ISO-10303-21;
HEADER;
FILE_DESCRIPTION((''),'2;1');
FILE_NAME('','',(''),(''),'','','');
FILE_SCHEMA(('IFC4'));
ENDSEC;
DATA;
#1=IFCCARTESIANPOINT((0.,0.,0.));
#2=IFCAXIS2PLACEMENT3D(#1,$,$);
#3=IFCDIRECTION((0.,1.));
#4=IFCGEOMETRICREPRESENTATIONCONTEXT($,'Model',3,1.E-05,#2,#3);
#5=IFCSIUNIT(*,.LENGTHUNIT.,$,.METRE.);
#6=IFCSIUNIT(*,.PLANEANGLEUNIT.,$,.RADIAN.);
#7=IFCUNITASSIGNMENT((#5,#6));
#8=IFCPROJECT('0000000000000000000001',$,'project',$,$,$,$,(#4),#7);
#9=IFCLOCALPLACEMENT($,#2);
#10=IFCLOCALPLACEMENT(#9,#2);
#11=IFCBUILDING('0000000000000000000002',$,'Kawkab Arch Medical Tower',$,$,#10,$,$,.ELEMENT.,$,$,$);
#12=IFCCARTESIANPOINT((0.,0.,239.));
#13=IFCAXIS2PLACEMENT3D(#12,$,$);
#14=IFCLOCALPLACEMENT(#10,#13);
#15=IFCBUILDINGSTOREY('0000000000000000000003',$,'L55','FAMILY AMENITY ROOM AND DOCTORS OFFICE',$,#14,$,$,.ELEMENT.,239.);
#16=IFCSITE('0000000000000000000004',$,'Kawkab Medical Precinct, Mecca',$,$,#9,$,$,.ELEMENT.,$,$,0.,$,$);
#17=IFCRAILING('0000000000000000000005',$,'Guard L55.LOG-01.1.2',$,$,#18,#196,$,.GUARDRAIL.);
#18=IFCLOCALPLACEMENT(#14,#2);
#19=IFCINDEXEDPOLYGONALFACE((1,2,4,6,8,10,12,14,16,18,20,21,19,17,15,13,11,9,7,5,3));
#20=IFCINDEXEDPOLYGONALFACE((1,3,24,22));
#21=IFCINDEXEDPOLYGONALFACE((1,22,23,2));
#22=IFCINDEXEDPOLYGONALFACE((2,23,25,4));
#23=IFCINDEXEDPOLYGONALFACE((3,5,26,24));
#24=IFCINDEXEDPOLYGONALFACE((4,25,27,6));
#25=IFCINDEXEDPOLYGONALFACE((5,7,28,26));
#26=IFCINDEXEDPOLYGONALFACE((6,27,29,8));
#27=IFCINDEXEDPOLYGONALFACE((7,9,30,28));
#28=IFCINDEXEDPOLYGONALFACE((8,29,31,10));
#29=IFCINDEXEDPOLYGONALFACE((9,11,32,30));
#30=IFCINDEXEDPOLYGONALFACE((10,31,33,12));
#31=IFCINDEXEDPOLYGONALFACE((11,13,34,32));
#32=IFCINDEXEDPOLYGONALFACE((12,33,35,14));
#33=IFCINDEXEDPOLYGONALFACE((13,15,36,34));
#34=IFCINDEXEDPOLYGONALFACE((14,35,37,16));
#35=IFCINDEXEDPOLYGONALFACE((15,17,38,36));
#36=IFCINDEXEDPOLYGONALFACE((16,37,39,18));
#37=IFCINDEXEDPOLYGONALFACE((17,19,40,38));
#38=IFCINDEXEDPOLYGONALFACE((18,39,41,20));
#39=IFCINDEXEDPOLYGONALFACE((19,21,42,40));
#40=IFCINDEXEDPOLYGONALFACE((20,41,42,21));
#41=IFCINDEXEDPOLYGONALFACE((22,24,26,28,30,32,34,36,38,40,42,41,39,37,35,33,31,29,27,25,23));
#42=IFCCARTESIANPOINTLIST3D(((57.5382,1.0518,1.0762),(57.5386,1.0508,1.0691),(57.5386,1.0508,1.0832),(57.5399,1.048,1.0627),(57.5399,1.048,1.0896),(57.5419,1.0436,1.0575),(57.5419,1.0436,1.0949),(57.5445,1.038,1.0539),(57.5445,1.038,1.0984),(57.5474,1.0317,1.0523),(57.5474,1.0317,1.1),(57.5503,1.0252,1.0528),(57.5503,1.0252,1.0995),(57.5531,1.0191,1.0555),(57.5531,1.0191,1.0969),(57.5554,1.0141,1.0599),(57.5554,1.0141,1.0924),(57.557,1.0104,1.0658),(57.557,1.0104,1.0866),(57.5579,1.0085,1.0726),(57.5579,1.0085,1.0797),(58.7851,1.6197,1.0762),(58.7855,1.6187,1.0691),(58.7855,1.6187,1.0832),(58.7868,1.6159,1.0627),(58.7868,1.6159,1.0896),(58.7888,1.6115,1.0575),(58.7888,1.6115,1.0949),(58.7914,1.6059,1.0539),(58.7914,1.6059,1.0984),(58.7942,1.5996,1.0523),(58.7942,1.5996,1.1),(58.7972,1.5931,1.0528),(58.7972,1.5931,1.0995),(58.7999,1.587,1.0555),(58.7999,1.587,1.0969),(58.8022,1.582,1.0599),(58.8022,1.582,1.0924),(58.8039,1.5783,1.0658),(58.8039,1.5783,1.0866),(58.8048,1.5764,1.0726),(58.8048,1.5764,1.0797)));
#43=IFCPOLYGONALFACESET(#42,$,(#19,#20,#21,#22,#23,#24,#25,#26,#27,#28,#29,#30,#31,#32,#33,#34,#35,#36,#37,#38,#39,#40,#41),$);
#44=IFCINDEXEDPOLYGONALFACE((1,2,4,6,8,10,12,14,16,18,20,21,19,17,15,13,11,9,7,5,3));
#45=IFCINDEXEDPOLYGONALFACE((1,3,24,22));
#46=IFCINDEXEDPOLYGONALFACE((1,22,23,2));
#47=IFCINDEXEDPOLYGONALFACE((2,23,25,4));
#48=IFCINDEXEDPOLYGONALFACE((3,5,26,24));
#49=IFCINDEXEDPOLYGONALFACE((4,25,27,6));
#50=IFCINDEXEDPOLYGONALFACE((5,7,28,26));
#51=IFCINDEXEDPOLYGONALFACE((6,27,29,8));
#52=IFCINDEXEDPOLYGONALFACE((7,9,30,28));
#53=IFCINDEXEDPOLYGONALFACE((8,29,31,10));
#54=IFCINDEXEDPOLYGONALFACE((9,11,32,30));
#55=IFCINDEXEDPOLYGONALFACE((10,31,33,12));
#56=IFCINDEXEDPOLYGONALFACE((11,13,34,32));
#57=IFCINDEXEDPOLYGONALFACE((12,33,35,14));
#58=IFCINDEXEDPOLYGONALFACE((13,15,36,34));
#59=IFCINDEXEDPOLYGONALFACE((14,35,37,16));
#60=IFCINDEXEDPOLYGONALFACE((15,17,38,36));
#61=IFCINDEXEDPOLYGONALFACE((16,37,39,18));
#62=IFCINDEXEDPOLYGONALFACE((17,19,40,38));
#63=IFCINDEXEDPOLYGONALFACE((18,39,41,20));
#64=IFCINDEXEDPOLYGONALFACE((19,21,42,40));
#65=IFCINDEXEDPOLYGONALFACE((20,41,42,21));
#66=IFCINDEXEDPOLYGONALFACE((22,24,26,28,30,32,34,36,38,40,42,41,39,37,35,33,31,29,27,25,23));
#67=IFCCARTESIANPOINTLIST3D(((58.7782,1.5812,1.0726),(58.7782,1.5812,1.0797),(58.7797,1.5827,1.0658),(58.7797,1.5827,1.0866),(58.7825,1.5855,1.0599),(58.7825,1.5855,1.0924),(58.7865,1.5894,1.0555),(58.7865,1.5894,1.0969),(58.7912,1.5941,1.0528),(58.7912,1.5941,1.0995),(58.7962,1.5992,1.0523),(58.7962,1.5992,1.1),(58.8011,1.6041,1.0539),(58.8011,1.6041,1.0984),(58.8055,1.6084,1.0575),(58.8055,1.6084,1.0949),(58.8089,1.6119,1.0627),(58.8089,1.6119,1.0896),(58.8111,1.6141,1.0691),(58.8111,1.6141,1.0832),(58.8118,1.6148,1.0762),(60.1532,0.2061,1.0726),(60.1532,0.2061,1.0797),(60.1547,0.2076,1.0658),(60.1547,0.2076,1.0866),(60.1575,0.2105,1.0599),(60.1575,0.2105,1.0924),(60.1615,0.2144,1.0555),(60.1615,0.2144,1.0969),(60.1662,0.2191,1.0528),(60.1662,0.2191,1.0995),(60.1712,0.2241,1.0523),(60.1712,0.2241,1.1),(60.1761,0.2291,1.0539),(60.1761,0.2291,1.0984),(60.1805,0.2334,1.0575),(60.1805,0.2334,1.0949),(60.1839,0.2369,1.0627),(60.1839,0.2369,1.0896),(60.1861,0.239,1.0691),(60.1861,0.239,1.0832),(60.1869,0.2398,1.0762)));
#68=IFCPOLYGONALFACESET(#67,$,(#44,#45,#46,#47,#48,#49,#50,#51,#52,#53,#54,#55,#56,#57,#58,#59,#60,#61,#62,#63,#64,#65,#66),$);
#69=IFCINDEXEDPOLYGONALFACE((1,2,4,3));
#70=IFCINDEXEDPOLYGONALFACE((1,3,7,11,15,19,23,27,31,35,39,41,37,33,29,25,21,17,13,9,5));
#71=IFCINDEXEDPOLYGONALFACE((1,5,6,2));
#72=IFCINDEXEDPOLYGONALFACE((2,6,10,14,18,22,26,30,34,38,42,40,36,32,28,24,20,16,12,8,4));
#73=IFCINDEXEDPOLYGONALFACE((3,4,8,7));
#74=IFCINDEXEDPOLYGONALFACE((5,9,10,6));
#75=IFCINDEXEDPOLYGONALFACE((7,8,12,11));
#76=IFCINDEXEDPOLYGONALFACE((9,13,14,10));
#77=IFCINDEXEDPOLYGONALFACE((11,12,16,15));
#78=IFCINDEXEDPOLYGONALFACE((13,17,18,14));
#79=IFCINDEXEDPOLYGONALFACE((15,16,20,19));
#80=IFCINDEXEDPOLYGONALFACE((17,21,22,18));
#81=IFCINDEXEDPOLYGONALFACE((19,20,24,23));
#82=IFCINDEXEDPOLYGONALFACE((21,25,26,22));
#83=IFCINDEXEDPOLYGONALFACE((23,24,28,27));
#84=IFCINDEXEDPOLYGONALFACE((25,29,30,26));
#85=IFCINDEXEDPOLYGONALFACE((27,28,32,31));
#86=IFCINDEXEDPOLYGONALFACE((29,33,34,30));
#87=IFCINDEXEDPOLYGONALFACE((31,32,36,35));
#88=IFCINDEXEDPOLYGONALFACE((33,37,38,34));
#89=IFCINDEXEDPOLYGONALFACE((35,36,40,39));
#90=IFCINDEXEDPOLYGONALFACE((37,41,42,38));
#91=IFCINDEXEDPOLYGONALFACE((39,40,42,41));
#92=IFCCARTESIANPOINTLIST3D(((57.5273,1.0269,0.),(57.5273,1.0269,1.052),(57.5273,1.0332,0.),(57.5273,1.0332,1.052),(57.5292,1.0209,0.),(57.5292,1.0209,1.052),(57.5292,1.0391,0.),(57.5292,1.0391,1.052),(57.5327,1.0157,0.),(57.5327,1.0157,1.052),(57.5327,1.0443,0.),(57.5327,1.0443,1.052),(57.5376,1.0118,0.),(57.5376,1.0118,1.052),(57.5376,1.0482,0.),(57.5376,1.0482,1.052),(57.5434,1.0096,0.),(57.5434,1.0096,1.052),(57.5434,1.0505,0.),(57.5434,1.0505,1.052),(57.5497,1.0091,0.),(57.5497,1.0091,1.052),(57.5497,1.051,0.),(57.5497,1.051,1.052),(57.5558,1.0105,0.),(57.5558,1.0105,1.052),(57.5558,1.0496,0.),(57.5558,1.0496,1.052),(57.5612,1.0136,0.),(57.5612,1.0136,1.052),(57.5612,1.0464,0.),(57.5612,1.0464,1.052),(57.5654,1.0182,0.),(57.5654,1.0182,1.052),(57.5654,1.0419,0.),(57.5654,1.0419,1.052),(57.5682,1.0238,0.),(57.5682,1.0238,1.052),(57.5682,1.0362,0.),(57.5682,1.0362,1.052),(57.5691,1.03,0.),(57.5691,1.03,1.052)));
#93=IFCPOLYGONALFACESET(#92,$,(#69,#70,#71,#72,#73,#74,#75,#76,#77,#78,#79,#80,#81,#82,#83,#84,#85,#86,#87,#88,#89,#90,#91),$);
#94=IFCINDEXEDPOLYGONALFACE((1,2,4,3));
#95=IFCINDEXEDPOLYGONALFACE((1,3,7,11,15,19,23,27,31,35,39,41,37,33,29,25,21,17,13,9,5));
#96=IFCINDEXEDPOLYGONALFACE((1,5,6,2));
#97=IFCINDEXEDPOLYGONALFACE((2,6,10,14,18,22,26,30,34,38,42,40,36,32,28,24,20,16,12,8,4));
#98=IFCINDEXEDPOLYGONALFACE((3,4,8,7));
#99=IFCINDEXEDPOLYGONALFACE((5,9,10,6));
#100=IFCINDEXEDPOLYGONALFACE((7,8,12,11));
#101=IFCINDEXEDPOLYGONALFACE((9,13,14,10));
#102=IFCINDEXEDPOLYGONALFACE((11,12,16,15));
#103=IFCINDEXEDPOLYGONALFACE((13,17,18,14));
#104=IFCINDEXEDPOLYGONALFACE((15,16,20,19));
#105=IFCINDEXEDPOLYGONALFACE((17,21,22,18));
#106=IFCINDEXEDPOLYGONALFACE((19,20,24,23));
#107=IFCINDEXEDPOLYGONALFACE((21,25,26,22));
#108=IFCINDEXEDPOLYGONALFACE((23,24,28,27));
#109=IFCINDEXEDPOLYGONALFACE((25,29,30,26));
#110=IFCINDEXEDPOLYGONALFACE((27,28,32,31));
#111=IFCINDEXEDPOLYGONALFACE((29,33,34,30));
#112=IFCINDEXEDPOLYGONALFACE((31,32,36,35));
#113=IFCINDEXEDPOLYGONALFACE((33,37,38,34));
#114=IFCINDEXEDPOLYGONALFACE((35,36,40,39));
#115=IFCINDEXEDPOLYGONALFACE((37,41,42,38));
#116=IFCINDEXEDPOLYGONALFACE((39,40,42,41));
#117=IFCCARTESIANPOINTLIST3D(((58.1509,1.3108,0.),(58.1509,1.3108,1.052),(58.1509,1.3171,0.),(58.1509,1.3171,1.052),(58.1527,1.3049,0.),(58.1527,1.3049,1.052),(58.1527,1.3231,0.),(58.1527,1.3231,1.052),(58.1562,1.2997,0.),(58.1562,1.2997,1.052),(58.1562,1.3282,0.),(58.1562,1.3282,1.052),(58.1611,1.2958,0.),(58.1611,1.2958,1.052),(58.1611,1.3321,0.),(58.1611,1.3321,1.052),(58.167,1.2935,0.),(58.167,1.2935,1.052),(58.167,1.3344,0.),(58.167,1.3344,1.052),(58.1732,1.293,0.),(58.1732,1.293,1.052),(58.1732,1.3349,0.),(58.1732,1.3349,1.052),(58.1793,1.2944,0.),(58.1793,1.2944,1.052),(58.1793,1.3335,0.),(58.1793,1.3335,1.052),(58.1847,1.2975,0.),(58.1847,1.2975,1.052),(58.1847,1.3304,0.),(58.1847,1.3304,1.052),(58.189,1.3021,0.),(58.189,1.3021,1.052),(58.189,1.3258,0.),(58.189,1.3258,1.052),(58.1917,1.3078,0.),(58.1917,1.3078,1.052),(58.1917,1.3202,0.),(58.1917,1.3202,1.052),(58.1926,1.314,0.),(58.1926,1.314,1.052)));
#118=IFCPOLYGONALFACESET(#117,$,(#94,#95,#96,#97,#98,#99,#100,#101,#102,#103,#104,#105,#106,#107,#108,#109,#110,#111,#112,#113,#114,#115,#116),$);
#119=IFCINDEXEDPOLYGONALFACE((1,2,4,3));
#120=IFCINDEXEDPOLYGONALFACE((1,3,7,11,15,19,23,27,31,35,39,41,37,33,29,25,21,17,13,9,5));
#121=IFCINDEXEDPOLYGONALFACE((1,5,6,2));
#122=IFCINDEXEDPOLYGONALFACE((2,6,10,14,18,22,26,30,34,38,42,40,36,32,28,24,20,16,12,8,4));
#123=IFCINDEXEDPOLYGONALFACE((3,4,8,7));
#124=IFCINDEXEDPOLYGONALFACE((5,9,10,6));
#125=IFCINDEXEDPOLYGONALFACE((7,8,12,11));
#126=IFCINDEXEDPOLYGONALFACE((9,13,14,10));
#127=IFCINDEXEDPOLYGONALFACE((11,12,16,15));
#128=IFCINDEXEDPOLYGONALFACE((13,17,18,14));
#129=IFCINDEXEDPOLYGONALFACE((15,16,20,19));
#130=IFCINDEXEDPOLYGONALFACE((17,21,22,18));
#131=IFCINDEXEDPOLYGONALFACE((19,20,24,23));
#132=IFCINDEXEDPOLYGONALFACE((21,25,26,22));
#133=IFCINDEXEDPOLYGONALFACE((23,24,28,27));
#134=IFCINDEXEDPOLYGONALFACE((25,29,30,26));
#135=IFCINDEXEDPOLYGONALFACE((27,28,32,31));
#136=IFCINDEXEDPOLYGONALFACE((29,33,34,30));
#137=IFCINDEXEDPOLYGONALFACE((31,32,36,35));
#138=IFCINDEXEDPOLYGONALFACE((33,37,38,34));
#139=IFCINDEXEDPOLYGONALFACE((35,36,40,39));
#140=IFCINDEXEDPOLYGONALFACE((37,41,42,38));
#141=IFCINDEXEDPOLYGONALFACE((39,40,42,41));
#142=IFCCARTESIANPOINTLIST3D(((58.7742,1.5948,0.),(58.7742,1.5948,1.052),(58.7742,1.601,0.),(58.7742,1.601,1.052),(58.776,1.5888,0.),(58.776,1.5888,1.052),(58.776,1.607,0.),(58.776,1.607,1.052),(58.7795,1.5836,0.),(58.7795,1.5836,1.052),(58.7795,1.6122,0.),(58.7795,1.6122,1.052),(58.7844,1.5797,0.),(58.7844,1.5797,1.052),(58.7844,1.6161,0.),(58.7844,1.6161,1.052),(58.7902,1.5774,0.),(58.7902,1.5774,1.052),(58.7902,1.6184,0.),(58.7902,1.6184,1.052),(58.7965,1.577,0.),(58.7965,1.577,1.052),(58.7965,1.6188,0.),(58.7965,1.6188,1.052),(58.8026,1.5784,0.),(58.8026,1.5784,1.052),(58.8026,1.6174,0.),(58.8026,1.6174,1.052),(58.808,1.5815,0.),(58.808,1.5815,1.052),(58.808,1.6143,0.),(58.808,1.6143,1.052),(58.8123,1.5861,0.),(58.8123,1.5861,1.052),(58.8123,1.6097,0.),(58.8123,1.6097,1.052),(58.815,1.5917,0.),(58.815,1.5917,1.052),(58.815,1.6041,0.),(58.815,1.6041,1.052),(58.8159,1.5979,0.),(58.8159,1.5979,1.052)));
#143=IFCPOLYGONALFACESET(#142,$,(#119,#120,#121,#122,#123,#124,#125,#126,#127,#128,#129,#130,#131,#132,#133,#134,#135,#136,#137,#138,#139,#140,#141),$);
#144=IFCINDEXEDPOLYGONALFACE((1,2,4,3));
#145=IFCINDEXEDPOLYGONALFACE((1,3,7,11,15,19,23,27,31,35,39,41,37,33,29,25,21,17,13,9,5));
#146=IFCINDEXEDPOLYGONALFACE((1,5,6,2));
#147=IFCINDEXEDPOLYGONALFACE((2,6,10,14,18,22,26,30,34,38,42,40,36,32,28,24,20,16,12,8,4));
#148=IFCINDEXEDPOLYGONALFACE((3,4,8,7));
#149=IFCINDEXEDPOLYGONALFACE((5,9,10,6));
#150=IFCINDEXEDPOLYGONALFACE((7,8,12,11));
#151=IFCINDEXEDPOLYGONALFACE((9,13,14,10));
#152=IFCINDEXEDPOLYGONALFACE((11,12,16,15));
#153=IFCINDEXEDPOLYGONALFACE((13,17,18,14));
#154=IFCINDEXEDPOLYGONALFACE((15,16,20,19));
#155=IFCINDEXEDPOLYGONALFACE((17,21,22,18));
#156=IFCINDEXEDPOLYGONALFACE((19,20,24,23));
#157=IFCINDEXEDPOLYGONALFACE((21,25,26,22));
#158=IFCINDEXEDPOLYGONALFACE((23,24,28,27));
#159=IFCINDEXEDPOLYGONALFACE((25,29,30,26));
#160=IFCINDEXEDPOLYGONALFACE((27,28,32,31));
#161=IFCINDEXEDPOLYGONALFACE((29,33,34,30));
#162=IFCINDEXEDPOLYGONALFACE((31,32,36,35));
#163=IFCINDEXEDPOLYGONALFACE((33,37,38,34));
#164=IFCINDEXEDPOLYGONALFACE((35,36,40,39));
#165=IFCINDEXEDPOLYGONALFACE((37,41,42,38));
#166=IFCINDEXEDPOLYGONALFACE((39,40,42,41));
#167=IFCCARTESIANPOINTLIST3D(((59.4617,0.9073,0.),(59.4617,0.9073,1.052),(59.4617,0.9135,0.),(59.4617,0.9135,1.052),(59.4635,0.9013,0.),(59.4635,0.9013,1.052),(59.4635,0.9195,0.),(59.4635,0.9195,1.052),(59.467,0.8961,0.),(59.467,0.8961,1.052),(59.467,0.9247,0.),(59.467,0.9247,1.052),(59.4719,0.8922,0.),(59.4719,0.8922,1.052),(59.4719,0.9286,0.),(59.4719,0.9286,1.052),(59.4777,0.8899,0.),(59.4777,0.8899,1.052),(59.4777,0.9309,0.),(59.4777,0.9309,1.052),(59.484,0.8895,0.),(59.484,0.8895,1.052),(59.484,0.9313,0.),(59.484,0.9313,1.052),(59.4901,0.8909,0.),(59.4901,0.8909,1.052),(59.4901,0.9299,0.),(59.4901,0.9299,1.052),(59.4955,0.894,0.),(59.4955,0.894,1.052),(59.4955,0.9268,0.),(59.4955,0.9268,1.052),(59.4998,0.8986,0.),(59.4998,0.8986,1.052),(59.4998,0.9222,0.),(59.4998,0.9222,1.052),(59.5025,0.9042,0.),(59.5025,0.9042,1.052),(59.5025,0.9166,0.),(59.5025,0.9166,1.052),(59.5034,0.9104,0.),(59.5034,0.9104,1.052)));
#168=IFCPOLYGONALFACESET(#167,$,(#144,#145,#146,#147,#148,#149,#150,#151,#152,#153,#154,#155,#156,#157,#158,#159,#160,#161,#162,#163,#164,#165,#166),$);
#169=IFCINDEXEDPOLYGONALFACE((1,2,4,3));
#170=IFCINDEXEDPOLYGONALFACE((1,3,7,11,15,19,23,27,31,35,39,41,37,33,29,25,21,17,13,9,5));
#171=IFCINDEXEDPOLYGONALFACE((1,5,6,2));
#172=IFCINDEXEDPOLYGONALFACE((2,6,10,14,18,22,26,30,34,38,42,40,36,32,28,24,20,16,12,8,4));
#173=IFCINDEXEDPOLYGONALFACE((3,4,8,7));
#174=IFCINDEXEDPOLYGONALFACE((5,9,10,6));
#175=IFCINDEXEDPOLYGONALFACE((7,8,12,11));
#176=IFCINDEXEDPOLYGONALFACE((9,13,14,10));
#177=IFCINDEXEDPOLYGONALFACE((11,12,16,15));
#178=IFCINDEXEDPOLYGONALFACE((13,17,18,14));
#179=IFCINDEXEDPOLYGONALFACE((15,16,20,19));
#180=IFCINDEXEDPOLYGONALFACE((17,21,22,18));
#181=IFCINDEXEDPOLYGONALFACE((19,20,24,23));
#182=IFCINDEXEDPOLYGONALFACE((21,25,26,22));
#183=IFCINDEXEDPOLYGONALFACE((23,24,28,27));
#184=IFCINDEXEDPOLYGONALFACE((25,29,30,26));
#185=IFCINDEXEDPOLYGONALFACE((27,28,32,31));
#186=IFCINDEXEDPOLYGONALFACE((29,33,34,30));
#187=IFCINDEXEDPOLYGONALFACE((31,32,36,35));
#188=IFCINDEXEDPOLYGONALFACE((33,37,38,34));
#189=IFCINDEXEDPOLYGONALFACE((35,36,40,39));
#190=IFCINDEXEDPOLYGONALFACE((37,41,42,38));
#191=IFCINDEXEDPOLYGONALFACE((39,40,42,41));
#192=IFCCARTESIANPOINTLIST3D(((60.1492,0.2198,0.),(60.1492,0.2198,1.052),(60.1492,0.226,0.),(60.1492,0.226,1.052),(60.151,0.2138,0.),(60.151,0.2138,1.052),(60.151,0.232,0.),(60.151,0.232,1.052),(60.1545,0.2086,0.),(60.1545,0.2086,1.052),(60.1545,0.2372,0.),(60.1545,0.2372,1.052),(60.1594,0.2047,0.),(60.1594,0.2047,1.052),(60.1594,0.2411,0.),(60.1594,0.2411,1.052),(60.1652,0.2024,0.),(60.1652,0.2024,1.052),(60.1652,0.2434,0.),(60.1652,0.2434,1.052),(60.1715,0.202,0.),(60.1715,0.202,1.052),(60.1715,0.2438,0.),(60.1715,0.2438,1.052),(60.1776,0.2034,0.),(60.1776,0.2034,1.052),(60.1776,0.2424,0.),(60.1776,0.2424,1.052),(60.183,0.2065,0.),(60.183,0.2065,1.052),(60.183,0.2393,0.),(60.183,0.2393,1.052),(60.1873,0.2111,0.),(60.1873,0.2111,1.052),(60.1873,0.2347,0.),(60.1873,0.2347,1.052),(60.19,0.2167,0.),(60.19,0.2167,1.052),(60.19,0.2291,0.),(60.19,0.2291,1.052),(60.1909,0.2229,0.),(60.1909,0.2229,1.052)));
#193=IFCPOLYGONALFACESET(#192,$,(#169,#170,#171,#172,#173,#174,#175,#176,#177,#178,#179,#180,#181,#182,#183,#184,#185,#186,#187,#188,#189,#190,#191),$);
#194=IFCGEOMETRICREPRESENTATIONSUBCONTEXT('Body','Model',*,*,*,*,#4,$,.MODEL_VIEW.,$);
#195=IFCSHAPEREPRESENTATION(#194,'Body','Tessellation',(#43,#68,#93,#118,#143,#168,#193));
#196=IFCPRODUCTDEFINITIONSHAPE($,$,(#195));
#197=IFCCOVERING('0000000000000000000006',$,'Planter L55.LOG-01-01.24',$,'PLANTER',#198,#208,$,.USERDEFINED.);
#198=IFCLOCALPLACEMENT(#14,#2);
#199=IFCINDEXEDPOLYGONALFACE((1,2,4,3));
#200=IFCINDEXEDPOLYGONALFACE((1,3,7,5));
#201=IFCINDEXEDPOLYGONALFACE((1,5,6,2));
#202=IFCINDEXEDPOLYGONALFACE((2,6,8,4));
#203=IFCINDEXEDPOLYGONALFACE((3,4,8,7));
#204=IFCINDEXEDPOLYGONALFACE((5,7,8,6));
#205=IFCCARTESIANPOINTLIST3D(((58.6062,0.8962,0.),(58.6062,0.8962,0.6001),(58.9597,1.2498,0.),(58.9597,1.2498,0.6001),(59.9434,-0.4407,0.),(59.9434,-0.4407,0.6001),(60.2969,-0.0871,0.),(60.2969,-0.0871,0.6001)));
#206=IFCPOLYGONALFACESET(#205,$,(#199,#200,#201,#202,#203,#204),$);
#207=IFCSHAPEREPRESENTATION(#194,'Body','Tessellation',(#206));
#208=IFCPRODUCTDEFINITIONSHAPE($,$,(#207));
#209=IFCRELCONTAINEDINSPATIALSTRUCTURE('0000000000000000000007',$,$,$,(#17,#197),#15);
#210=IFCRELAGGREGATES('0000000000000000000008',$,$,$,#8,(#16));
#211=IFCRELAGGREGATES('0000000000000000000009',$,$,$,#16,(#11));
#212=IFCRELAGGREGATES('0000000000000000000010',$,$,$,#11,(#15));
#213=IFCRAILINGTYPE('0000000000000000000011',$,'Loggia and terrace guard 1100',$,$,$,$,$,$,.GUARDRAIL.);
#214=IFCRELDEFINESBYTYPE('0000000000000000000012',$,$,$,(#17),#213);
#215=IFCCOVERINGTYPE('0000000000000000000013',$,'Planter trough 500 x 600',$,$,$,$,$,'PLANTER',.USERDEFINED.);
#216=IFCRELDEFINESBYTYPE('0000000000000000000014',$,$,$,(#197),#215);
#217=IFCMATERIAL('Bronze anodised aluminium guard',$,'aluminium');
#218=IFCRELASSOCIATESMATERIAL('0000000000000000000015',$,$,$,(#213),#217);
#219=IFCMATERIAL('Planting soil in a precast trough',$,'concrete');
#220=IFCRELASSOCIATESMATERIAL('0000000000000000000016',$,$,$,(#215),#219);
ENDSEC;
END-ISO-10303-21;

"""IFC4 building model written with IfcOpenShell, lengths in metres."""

from ifc_helpers import new_model, si_unit, direction, frame, origin, origin_2d, place, context, subcontext, project, spatial, rectangle, circle, extrude, material, material_profile, profile_set, type_object, element, save


model = new_model("IFC4")

# Units and contexts
model_context = context("Model", 3, precision=1e-05, world=origin(), true_north=direction((0.0, 1.0)))
body_context = subcontext(model_context, "Body", "Model", "MODEL_VIEW")
ifc_project = project(units=[si_unit("LENGTHUNIT", "METRE"), si_unit("PLANEANGLEUNIT", "RADIAN")], contexts=[model_context])

# Site, building, storey
site_placement = place(None, origin())
site = spatial("IfcSite", under=ifc_project, at=site_placement, Name="Kawkab Medical Precinct, Mecca", CompositionType="ELEMENT", RefElevation=0.0)
building_placement = place(site_placement, origin())
building = spatial("IfcBuilding", under=site, at=building_placement, Name="Kawkab Arch Medical Tower", CompositionType="ELEMENT")
storey_placement = place(building_placement, frame((0.0, 0.0, 239.0)))
storey = spatial("IfcBuildingStorey", under=building, at=storey_placement, Name="L55", Description="FAMILY AMENITY ROOM AND DOCTORS OFFICE", CompositionType="ELEMENT", Elevation=239.0)

# Railing
ifc_material_1 = material(Name="Bronze anodised aluminium guard", Category="aluminium")
railing_type_1 = type_object("IfcRailingType", Name="Loggia and terrace guard 1100", PredefinedType="GUARDRAIL", material=ifc_material_1)
railing_1_placement = place(storey_placement, frame((57.5481, 1.03, 0.0)))
element("IfcRailing", 1, at=railing_1_placement, inside=storey, type_object=railing_type_1, Name="Guard L55.LOG-01.1.2", PredefinedType="GUARDRAIL", context=body_context, shape_type="SweptSolid", body=[
    extrude(circle(Radius=0.0239, at=origin_2d()), frame((0.0, 0.0, 1.0762), z_axis=(0.910055, 0.414488, 0.0), x_axis=(-0.414488, 0.910055, 0.0)), (0.0, 0.0, 1.0), 1.3701),
    extrude(circle(Radius=0.0239, at=origin_2d()), frame((1.2468, 0.5679, 1.0762), z_axis=(0.707107, -0.707107, 0.0), x_axis=(0.707107, 0.707107, 0.0)), (0.0, 0.0, 1.0), 1.9446),
    extrude(circle(Radius=0.021, at=origin_2d()), origin(), (0.0, 0.0, 1.0), 1.052),
    extrude(circle(Radius=0.021, at=origin_2d()), frame((0.6235, 0.2839, 0.0)), (0.0, 0.0, 1.0), 1.052),
    extrude(circle(Radius=0.021, at=origin_2d()), frame((1.2468, 0.5679, 0.0)), (0.0, 0.0, 1.0), 1.052),
    extrude(circle(Radius=0.021, at=origin_2d()), frame((1.9343, -0.1196, 0.0)), (0.0, 0.0, 1.0), 1.052),
    extrude(circle(Radius=0.021, at=origin_2d()), frame((2.6218, -0.8071, 0.0)), (0.0, 0.0, 1.0), 1.052),
])

# Covering
ifc_material_2 = material(Name="Planting soil in a precast trough", Category="concrete")
ifc_material_profile_1 = material_profile(ifc_material_2, rectangle(XDim=0.5, YDim=0.6001, at=origin_2d()), Name="Trough 500x600")
ifc_profile_set_1 = profile_set([ifc_material_profile_1], Name="Planting soil in a precast trough")
covering_type = type_object("IfcCoveringType", Name="Planter trough 500 x 600", ElementType="PLANTER", PredefinedType="USERDEFINED", material=ifc_profile_set_1)
covering_1_placement = place(storey_placement, frame((58.783, 1.073, 0.3), z_axis=(0.707171, -0.707042, 0.0), x_axis=(0.707042, 0.707171, 0.0)))
element("IfcCovering", 2, at=covering_1_placement, inside=storey, type_object=covering_type, Name="Planter L55.LOG-01-01.24", ObjectType="PLANTER", PredefinedType="USERDEFINED", context=body_context, shape_type="SweptSolid", body=[
    extrude(rectangle(XDim=0.5, YDim=0.6001, at=origin_2d()), origin(), (0.0, 0.0, 1.0), 1.8909),
])

save(model, "model.ifc")
